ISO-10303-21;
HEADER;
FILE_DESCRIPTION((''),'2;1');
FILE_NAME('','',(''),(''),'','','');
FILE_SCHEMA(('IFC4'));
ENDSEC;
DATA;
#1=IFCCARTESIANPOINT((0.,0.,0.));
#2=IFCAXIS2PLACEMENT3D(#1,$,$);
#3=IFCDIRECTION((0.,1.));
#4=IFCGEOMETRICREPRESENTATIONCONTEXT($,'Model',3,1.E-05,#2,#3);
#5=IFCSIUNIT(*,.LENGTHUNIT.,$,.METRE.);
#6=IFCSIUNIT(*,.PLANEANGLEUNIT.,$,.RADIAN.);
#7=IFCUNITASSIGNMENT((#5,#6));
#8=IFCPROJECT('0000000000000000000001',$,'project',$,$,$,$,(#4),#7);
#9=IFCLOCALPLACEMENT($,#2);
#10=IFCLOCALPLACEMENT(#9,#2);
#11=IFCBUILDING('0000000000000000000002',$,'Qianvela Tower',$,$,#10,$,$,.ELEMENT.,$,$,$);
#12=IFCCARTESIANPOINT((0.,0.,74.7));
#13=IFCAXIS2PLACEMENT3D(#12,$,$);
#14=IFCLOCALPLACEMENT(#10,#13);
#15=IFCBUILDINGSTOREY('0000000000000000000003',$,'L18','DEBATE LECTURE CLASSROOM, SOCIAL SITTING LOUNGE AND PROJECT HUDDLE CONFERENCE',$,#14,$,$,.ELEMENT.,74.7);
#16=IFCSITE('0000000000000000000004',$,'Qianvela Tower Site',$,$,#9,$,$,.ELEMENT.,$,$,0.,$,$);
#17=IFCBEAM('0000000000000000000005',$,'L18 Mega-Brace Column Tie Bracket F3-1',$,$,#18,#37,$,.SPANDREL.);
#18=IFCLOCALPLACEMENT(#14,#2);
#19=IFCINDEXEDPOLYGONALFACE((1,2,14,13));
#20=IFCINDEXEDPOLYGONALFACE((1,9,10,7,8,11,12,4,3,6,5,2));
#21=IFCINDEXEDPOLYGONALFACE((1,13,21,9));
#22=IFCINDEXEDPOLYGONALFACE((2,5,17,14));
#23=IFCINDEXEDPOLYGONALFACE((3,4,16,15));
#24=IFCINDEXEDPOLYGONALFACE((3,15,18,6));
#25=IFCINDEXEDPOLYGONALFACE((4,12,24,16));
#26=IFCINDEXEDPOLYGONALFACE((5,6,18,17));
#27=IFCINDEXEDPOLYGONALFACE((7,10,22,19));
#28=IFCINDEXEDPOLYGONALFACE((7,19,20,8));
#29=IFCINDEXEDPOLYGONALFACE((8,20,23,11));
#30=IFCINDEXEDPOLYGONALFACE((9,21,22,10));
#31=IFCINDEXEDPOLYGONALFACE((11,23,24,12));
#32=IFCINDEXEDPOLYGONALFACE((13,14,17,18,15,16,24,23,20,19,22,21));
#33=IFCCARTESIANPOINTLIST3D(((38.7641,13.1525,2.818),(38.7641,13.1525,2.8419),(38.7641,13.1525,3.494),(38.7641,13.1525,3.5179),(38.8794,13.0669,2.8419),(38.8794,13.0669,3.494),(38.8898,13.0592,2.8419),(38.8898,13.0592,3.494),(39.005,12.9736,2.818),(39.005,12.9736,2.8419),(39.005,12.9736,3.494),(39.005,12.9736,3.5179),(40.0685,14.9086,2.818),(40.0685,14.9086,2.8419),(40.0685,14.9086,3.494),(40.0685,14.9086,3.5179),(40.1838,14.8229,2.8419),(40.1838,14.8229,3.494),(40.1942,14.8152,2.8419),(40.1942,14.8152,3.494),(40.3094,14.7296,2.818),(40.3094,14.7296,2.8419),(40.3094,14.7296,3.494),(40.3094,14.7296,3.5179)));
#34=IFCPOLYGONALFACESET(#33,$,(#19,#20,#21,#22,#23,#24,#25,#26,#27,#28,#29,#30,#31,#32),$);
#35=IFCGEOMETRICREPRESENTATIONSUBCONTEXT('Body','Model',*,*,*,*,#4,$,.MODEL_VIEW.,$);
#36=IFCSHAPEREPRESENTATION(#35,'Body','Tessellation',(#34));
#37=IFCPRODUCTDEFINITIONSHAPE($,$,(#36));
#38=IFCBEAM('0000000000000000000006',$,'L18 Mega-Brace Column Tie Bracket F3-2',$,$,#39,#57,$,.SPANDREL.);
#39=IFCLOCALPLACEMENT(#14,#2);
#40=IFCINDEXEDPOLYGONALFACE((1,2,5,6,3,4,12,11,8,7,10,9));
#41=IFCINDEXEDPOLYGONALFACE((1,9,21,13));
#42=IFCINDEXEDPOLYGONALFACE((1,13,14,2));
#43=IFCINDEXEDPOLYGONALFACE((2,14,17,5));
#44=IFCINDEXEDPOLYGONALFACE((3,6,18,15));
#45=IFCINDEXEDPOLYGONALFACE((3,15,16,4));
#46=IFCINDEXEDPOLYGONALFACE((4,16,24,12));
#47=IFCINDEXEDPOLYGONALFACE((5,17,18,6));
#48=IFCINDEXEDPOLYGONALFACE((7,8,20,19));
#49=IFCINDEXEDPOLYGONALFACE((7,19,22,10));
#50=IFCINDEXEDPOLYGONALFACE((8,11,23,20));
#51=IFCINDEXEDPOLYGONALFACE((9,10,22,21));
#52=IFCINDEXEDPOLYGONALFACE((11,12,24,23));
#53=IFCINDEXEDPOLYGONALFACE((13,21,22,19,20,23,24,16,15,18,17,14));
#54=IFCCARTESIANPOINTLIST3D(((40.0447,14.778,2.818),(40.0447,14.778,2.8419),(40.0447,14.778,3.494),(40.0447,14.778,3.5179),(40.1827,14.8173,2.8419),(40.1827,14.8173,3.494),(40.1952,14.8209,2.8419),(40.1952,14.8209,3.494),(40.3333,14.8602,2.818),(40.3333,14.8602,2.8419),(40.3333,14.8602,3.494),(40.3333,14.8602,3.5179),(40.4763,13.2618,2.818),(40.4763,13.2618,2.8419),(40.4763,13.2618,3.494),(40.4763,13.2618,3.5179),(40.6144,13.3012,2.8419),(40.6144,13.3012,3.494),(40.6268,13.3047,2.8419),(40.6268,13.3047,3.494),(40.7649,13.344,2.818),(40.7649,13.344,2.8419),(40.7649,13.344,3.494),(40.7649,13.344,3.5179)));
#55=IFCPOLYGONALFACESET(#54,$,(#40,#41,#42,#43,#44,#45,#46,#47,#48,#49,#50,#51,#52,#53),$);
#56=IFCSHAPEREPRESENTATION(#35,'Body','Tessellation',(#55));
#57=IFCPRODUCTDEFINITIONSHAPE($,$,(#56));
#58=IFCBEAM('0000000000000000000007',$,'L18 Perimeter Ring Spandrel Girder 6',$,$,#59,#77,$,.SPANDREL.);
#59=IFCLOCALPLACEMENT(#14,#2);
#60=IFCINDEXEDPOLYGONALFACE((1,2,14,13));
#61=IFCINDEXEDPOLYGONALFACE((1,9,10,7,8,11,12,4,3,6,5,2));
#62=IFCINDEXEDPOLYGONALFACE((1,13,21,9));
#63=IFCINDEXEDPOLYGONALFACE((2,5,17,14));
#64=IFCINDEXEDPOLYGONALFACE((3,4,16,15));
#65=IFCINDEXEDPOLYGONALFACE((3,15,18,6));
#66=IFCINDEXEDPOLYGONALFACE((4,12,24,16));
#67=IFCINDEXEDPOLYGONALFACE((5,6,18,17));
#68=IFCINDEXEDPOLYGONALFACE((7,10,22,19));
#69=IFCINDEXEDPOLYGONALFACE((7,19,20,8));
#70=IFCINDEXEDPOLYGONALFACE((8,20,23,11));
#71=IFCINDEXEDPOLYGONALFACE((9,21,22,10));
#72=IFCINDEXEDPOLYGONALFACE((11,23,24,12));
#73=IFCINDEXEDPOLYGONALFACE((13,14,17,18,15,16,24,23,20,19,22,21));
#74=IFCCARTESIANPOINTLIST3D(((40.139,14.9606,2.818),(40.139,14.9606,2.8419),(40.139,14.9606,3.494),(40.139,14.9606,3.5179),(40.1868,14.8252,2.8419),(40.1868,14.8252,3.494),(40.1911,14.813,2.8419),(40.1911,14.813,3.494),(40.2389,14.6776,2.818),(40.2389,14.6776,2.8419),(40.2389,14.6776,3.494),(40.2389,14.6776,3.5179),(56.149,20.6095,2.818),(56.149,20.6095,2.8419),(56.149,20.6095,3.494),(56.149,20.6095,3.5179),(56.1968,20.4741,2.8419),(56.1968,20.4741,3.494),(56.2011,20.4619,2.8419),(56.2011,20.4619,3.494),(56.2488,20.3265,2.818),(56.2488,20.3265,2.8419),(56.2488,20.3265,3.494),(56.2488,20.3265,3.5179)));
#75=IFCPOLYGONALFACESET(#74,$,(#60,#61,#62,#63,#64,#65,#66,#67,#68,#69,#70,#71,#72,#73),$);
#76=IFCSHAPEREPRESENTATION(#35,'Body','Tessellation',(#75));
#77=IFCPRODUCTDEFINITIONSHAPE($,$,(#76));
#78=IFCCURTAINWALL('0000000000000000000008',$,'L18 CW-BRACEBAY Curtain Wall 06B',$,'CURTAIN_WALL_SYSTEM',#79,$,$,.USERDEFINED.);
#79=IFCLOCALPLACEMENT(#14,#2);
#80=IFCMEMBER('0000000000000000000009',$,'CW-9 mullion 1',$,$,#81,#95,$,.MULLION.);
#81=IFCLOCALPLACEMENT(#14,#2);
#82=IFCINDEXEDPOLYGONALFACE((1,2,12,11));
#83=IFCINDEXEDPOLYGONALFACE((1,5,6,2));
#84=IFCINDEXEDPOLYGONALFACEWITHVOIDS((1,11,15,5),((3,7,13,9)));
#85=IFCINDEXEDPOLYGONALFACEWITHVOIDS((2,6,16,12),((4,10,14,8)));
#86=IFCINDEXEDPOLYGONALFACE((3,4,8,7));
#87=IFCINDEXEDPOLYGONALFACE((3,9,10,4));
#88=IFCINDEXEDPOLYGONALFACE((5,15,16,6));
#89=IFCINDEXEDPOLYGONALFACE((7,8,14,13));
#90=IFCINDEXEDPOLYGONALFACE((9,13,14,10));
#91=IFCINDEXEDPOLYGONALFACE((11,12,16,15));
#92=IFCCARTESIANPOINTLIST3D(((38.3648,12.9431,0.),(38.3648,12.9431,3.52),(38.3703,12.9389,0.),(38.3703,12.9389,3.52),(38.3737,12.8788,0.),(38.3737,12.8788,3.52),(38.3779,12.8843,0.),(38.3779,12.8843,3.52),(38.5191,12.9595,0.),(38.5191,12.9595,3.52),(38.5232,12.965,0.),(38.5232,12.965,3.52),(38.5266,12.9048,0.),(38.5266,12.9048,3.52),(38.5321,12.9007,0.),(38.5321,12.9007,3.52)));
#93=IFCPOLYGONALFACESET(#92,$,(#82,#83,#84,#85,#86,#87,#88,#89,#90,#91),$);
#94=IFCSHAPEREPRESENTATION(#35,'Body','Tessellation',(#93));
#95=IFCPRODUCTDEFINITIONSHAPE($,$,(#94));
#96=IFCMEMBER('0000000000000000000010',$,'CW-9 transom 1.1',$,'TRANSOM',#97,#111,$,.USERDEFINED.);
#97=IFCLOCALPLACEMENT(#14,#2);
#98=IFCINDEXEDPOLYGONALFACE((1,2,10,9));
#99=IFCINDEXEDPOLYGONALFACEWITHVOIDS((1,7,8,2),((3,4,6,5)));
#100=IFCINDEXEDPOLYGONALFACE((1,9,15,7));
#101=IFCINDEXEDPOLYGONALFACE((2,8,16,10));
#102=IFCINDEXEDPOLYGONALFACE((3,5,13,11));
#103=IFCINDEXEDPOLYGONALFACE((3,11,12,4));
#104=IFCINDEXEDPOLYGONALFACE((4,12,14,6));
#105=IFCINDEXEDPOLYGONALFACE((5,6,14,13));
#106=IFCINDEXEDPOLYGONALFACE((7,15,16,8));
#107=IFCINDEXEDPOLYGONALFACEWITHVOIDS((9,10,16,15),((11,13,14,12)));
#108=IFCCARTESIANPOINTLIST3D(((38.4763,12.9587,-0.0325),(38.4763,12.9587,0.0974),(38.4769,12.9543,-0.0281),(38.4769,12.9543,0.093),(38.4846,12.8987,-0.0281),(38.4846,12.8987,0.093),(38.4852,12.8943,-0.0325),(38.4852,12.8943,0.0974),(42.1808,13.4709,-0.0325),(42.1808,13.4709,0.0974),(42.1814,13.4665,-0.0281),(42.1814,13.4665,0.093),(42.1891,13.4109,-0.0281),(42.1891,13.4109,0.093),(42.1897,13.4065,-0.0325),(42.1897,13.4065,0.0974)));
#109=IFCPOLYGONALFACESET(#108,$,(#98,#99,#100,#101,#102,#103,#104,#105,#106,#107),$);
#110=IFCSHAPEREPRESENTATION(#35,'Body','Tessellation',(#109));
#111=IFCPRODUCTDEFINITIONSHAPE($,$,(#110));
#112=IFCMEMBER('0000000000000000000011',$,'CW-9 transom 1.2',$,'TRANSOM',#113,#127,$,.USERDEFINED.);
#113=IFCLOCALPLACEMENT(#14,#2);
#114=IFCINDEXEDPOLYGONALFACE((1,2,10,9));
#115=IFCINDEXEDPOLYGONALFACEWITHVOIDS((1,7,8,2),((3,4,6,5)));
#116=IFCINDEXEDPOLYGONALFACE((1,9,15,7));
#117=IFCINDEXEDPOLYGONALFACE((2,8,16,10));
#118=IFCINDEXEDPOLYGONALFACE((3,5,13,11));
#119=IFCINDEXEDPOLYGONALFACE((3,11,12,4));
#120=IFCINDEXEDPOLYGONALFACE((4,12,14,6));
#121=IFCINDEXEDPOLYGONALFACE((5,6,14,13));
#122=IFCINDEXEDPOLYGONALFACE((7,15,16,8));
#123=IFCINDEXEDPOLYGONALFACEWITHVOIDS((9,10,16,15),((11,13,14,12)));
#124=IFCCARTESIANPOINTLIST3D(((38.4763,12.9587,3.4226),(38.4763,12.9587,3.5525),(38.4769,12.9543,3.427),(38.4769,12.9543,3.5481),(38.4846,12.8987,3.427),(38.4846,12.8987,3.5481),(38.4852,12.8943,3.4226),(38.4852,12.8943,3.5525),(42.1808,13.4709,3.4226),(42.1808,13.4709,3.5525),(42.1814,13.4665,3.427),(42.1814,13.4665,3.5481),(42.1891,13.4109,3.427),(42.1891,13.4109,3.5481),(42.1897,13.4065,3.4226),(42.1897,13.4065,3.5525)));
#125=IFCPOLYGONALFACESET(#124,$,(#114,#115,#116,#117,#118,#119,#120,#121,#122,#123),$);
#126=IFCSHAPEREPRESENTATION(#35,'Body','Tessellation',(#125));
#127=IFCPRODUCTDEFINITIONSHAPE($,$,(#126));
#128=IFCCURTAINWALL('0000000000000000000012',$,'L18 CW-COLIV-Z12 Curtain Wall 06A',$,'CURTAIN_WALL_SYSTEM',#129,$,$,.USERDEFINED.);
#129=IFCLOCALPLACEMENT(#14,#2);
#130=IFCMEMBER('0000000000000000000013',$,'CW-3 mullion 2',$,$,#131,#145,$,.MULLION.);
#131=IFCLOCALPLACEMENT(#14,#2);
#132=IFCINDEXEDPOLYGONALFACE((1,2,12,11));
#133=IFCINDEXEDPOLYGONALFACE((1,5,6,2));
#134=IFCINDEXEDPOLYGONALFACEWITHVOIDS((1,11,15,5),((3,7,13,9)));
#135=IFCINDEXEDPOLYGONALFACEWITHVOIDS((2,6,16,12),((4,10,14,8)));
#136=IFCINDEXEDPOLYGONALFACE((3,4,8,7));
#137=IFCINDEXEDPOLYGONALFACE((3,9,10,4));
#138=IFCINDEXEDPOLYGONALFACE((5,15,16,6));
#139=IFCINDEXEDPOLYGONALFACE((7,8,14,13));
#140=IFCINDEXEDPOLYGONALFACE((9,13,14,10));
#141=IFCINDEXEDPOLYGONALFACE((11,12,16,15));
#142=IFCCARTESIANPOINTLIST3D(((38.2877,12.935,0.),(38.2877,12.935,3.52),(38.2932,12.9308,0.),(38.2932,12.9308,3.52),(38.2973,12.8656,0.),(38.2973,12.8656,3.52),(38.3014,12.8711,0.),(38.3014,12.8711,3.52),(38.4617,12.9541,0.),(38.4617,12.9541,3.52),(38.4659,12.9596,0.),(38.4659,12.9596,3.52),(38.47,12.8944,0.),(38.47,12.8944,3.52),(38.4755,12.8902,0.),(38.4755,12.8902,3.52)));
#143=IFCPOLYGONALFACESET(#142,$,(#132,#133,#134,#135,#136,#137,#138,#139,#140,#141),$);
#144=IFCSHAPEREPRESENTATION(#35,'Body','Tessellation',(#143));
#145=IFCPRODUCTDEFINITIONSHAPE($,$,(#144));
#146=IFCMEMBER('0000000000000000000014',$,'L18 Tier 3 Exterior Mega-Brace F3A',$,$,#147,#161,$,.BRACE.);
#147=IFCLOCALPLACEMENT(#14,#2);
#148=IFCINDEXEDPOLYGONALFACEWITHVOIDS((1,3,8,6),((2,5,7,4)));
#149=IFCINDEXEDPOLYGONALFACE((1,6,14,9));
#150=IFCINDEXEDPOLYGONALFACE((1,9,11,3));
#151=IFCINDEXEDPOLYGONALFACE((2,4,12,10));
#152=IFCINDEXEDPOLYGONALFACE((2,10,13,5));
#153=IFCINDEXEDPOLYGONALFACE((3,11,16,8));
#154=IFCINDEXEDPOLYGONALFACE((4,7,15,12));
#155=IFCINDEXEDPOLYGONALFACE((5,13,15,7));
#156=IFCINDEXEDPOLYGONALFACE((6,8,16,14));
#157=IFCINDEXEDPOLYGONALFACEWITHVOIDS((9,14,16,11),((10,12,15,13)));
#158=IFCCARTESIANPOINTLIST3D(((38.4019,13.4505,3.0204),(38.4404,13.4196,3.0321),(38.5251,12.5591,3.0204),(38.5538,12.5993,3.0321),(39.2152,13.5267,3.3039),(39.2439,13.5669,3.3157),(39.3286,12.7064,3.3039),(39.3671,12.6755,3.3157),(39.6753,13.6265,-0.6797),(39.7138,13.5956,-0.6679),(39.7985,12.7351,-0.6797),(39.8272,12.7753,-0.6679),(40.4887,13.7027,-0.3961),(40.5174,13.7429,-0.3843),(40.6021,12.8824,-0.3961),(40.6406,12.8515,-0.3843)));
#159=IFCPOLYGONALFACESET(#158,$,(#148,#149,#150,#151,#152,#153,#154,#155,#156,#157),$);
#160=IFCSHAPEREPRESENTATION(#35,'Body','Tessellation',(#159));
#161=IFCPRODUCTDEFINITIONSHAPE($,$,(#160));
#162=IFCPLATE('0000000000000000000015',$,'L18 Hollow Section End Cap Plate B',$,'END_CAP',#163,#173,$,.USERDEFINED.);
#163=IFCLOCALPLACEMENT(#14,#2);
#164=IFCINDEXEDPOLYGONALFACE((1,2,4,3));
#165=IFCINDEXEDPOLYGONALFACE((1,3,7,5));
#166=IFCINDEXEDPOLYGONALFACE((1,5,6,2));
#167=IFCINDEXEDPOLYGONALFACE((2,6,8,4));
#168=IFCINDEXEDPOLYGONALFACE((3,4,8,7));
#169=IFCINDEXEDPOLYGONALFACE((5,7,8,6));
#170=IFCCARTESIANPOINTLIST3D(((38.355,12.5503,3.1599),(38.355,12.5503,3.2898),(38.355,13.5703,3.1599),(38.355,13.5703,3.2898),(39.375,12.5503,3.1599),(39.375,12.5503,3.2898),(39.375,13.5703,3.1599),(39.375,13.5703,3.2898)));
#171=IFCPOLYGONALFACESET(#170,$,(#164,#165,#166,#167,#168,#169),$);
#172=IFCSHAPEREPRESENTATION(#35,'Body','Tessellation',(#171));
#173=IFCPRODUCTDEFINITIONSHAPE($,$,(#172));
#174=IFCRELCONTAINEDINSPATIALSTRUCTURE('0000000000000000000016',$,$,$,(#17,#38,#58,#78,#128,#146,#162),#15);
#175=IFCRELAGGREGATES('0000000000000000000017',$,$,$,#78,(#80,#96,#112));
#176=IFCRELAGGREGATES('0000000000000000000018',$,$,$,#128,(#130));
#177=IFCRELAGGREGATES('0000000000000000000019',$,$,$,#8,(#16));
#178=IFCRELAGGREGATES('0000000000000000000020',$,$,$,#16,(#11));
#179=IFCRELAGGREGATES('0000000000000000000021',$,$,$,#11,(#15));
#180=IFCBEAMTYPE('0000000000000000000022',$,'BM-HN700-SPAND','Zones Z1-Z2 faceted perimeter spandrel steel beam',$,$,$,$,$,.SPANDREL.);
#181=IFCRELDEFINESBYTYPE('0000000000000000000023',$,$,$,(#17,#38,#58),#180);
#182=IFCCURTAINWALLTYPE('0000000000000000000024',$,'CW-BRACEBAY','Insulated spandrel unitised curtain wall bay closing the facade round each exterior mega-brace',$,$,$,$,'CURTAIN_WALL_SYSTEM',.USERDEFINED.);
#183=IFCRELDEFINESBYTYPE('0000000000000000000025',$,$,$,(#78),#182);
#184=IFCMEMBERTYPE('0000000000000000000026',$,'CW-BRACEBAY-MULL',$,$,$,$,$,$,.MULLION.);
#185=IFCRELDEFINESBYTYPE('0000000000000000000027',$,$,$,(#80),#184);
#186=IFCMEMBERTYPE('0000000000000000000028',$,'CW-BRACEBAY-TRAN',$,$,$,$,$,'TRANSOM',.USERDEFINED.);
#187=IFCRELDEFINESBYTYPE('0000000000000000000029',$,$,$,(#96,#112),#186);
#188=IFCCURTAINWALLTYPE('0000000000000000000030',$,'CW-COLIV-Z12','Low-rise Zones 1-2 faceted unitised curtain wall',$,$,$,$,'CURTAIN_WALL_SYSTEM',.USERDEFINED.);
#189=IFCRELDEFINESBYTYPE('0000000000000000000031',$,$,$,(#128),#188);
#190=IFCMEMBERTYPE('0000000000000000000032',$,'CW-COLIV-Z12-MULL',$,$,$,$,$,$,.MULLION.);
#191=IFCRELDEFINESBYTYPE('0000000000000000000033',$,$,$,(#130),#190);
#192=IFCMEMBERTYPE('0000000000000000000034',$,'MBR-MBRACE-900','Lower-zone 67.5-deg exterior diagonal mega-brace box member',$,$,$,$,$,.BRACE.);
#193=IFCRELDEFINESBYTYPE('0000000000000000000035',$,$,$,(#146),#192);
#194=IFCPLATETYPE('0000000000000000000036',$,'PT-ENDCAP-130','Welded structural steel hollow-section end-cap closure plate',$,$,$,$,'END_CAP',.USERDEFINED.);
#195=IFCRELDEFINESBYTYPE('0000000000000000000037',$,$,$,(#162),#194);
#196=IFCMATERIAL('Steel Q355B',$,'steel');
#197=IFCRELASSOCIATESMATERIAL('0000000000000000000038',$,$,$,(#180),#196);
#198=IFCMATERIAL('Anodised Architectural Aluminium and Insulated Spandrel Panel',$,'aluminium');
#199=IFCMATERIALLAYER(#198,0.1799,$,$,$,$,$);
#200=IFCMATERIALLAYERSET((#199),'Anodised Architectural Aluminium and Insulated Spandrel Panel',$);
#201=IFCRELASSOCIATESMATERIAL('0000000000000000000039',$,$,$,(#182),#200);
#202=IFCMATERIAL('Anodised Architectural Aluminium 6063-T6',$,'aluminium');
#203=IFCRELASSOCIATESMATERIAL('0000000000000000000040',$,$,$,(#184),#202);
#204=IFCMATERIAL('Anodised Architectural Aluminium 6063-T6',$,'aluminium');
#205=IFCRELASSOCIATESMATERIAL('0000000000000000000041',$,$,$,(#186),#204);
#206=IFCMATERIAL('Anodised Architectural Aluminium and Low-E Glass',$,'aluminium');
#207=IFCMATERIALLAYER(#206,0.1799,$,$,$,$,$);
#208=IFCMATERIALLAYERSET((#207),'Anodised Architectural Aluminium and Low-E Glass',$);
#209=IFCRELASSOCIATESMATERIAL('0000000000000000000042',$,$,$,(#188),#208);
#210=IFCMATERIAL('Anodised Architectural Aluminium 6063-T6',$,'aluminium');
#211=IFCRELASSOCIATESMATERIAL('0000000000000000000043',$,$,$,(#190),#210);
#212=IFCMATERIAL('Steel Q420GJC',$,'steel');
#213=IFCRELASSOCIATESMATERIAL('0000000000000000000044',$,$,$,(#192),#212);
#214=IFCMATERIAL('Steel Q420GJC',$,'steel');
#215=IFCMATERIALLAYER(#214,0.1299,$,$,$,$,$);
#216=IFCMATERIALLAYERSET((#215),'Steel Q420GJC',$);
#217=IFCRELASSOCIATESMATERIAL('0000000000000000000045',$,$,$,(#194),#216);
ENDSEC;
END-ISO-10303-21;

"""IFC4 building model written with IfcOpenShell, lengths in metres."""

from ifc_helpers import new_model, si_unit, direction, frame, origin, origin_2d, place, context, subcontext, project, spatial, rectangle, hollow_rectangle, i_section, extrude, material, layer, layer_set, material_profile, profile_set, type_object, element, aggregate, save


model = new_model("IFC4")

# Units and contexts
model_context = context("Model", 3, precision=1e-05, world=origin(), true_north=direction((0.0, 1.0)))
body_context = subcontext(model_context, "Body", "Model", "MODEL_VIEW")
ifc_project = project(units=[si_unit("LENGTHUNIT", "METRE"), si_unit("PLANEANGLEUNIT", "RADIAN")], contexts=[model_context])

# Site, building, storey
site_placement = place(None, origin())
site = spatial("IfcSite", under=ifc_project, at=site_placement, Name="Qianvela Tower Site", CompositionType="ELEMENT", RefElevation=0.0)
building_placement = place(site_placement, origin())
building = spatial("IfcBuilding", under=site, at=building_placement, Name="Qianvela Tower", CompositionType="ELEMENT")
storey_placement = place(building_placement, frame((0.0, 0.0, 74.7)))
storey = spatial("IfcBuildingStorey", under=building, at=storey_placement, Name="L18", Description="DEBATE LECTURE CLASSROOM, SOCIAL SITTING LOUNGE AND PROJECT HUDDLE CONFERENCE", CompositionType="ELEMENT", Elevation=74.7)

# Beams
ifc_material_1 = material(Name="Steel Q355B", Category="steel")
ifc_material_profile_1 = material_profile(ifc_material_1, i_section(OverallWidth=0.3, OverallDepth=0.7, WebThickness=0.0129, FlangeThickness=0.0239, at=origin_2d()), Name="HN700x300x13x24")
ifc_profile_set_1 = profile_set([ifc_material_profile_1], Name="Steel Q355B")
beam_type_1 = type_object("IfcBeamType", Name="BM-HN700-SPAND", Description="Zones Z1-Z2 faceted perimeter spandrel steel beam", PredefinedType="SPANDREL", material=ifc_profile_set_1)
beam_1_placement = place(storey_placement, frame((40.189, 14.8191, 3.168), z_axis=(-0.596297, -0.802764, 0.0), x_axis=(0.802764, -0.596297, 0.0)))
element("IfcBeam", 1, at=beam_1_placement, inside=storey, type_object=beam_type_1, Name="L18 Mega-Brace Column Tie Bracket F3-1", PredefinedType="SPANDREL", context=body_context, shape_type="SweptSolid", body=[
    extrude(i_section(OverallWidth=0.3, OverallDepth=0.7, WebThickness=0.0129, FlangeThickness=0.0239, at=origin_2d()), origin(), (0.0, 0.0, 1.0), 2.1875),
])
beam_2_placement = place(storey_placement, frame((40.189, 14.8191, 3.168), z_axis=(0.273821, -0.961781, 0.0), x_axis=(0.961781, 0.273821, 0.0)))
element("IfcBeam", 2, at=beam_2_placement, inside=storey, type_object=beam_type_1, Name="L18 Mega-Brace Column Tie Bracket F3-2", PredefinedType="SPANDREL", context=body_context, shape_type="SweptSolid", body=[
    extrude(i_section(OverallWidth=0.3, OverallDepth=0.7, WebThickness=0.0129, FlangeThickness=0.0239, at=origin_2d()), origin(), (0.0, 0.0, 1.0), 1.5764),
])
beam_3_placement = place(storey_placement, frame((40.189, 14.8191, 3.168), z_axis=(0.943021, 0.332733, 0.0), x_axis=(-0.332733, 0.943021, 0.0)))
element("IfcBeam", 3, at=beam_3_placement, inside=storey, type_object=beam_type_1, Name="L18 Perimeter Ring Spandrel Girder 6", PredefinedType="SPANDREL", context=body_context, shape_type="SweptSolid", body=[
    extrude(i_section(OverallWidth=0.3, OverallDepth=0.7, WebThickness=0.0129, FlangeThickness=0.0239, at=origin_2d()), origin(), (0.0, 0.0, 1.0), 16.9773),
])

# Curtain wall, members
ifc_material_2 = material(Name="Anodised Architectural Aluminium and Insulated Spandrel Panel", Category="aluminium")
ifc_layer_1 = layer(ifc_material_2, 0.1799)
ifc_layer_set_1 = layer_set([ifc_layer_1], Name="Anodised Architectural Aluminium and Insulated Spandrel Panel")
curtain_wall_type_1 = type_object("IfcCurtainWallType", Name="CW-BRACEBAY", Description="Insulated spandrel unitised curtain wall bay closing the facade round each exterior mega-brace", ElementType="CURTAIN_WALL_SYSTEM", PredefinedType="USERDEFINED", material=ifc_layer_set_1)
curtain_wall_1_placement = place(storey_placement, origin())
curtain_wall_1 = element("IfcCurtainWall", 4, at=curtain_wall_1_placement, inside=storey, type_object=curtain_wall_type_1, Name="L18 CW-BRACEBAY Curtain Wall 06B", ObjectType="CURTAIN_WALL_SYSTEM", PredefinedType="USERDEFINED")
ifc_material_3 = material(Name="Anodised Architectural Aluminium 6063-T6", Category="aluminium")
ifc_material_profile_2 = material_profile(ifc_material_3, hollow_rectangle(XDim=0.0649, YDim=0.1599, WallThickness=0.0049, at=origin_2d()), Name="ALU-MULL-65x160")
ifc_profile_set_2 = profile_set([ifc_material_profile_2], Name="Anodised Architectural Aluminium 6063-T6")
member_type_1 = type_object("IfcMemberType", Name="CW-BRACEBAY-MULL", PredefinedType="MULLION", material=ifc_profile_set_2)
member_1_placement = place(storey_placement, frame((38.4485, 12.9219, 0.0), z_axis=(0.0, 0.0, 1.0), x_axis=(-0.136978, 0.990574, 0.0)))
member_1 = element("IfcMember", 5, at=member_1_placement, type_object=member_type_1, Name="CW-9 mullion 1", PredefinedType="MULLION", context=body_context, shape_type="SweptSolid", body=[
    extrude(hollow_rectangle(XDim=0.0649, YDim=0.1599, WallThickness=0.0049, at=origin_2d()), origin(), (0.0, 0.0, 1.0), 3.52),
])
ifc_material_4 = material(Name="Anodised Architectural Aluminium 6063-T6", Category="aluminium")
ifc_material_profile_3 = material_profile(ifc_material_4, hollow_rectangle(XDim=0.0649, YDim=0.1299, WallThickness=0.0044, at=origin_2d()), Name="ALU-TRAN-65x130")
ifc_profile_set_3 = profile_set([ifc_material_profile_3], Name="Anodised Architectural Aluminium 6063-T6")
member_type_2 = type_object("IfcMemberType", Name="CW-BRACEBAY-TRAN", ElementType="TRANSOM", PredefinedType="USERDEFINED", material=ifc_profile_set_3)
member_2_placement = place(storey_placement, frame((38.4807, 12.9265, 0.0325), z_axis=(0.990577, 0.13696, 0.0), x_axis=(-0.13696, 0.990577, 0.0)))
member_2 = element("IfcMember", 6, at=member_2_placement, type_object=member_type_2, Name="CW-9 transom 1.1", ObjectType="TRANSOM", PredefinedType="USERDEFINED", context=body_context, shape_type="SweptSolid", body=[
    extrude(hollow_rectangle(XDim=0.0649, YDim=0.1299, WallThickness=0.0044, at=origin_2d()), origin(), (0.0, 0.0, 1.0), 3.7397),
])
member_3_placement = place(storey_placement, frame((38.4807, 12.9265, 3.4875), z_axis=(0.990577, 0.13696, 0.0), x_axis=(-0.13696, 0.990577, 0.0)))
member_3 = element("IfcMember", 7, at=member_3_placement, type_object=member_type_2, Name="CW-9 transom 1.2", ObjectType="TRANSOM", PredefinedType="USERDEFINED", context=body_context, shape_type="SweptSolid", body=[
    extrude(hollow_rectangle(XDim=0.0649, YDim=0.1299, WallThickness=0.0044, at=origin_2d()), origin(), (0.0, 0.0, 1.0), 3.7397),
])
aggregate(curtain_wall_1, [member_1, member_2, member_3])

# Curtain wall, member
ifc_material_5 = material(Name="Anodised Architectural Aluminium and Low-E Glass", Category="aluminium")
ifc_layer_2 = layer(ifc_material_5, 0.1799)
ifc_layer_set_2 = layer_set([ifc_layer_2], Name="Anodised Architectural Aluminium and Low-E Glass")
curtain_wall_type_2 = type_object("IfcCurtainWallType", Name="CW-COLIV-Z12", Description="Low-rise Zones 1-2 faceted unitised curtain wall", ElementType="CURTAIN_WALL_SYSTEM", PredefinedType="USERDEFINED", material=ifc_layer_set_2)
curtain_wall_2_placement = place(storey_placement, origin())
curtain_wall_2 = element("IfcCurtainWall", 8, at=curtain_wall_2_placement, inside=storey, type_object=curtain_wall_type_2, Name="L18 CW-COLIV-Z12 Curtain Wall 06A", ObjectType="CURTAIN_WALL_SYSTEM", PredefinedType="USERDEFINED")
ifc_material_6 = material(Name="Anodised Architectural Aluminium 6063-T6", Category="aluminium")
ifc_material_profile_4 = material_profile(ifc_material_6, hollow_rectangle(XDim=0.0701, YDim=0.1799, WallThickness=0.0049, at=origin_2d()), Name="ALU-MULL-70x180")
ifc_profile_set_4 = profile_set([ifc_material_profile_4], Name="Anodised Architectural Aluminium 6063-T6")
member_type_3 = type_object("IfcMemberType", Name="CW-COLIV-Z12-MULL", PredefinedType="MULLION", material=ifc_profile_set_4)
member_4_placement = place(storey_placement, frame((38.3816, 12.9126, 0.0), z_axis=(0.0, 0.0, 1.0), x_axis=(-0.136981, 0.990574, 0.0)))
member_4 = element("IfcMember", 9, at=member_4_placement, type_object=member_type_3, Name="CW-3 mullion 2", PredefinedType="MULLION", context=body_context, shape_type="SweptSolid", body=[
    extrude(hollow_rectangle(XDim=0.0701, YDim=0.1799, WallThickness=0.0049, at=origin_2d()), origin(), (0.0, 0.0, 1.0), 3.52),
])
aggregate(curtain_wall_2, [member_4])

# Member
ifc_material_7 = material(Name="Steel Q420GJC", Category="steel")
ifc_material_profile_5 = material_profile(ifc_material_7, hollow_rectangle(XDim=0.8999, YDim=0.8999, WallThickness=0.0359, at=origin_2d()), Name="MBOX-900x900x36")
ifc_profile_set_5 = profile_set([ifc_material_profile_5], Name="Steel Q420GJC")
member_type_4 = type_object("IfcMemberType", Name="MBR-MBRACE-900", Description="Lower-zone 67.5-deg exterior diagonal mega-brace box member", PredefinedType="BRACE", material=ifc_profile_set_5)
member_5_placement = place(storey_placement, frame((40.158, 13.239, -0.532), z_axis=(-0.325112, -0.04494, 0.944607), x_axis=(0.136927, -0.990581, 0.0)))
element("IfcMember", 10, at=member_5_placement, inside=storey, type_object=member_type_4, Name="L18 Tier 3 Exterior Mega-Brace F3A", PredefinedType="BRACE", context=body_context, shape_type="SweptSolid", body=[
    extrude(hollow_rectangle(XDim=0.8999, YDim=0.8999, WallThickness=0.0359, at=origin_2d()), origin(), (0.0, 0.0, 1.0), 3.917),
])

# Plate
ifc_material_8 = material(Name="Steel Q420GJC", Category="steel")
ifc_layer_3 = layer(ifc_material_8, 0.1299)
ifc_layer_set_3 = layer_set([ifc_layer_3], Name="Steel Q420GJC")
plate_type = type_object("IfcPlateType", Name="PT-ENDCAP-130", Description="Welded structural steel hollow-section end-cap closure plate", ElementType="END_CAP", PredefinedType="USERDEFINED", material=ifc_layer_set_3)
plate_placement = place(storey_placement, frame((38.865, 13.0603, 3.1599), z_axis=(0.0, 0.0, 1.0), x_axis=(1.0, 0.0, 0.0)))
element("IfcPlate", 11, at=plate_placement, inside=storey, type_object=plate_type, Name="L18 Hollow Section End Cap Plate B", ObjectType="END_CAP", PredefinedType="USERDEFINED", context=body_context, shape_type="SweptSolid", body=[
    extrude(rectangle(XDim=1.02, YDim=1.02, at=origin_2d()), origin(), (0.0, 0.0, 1.0), 0.1299),
])

save(model, "model.ifc")
